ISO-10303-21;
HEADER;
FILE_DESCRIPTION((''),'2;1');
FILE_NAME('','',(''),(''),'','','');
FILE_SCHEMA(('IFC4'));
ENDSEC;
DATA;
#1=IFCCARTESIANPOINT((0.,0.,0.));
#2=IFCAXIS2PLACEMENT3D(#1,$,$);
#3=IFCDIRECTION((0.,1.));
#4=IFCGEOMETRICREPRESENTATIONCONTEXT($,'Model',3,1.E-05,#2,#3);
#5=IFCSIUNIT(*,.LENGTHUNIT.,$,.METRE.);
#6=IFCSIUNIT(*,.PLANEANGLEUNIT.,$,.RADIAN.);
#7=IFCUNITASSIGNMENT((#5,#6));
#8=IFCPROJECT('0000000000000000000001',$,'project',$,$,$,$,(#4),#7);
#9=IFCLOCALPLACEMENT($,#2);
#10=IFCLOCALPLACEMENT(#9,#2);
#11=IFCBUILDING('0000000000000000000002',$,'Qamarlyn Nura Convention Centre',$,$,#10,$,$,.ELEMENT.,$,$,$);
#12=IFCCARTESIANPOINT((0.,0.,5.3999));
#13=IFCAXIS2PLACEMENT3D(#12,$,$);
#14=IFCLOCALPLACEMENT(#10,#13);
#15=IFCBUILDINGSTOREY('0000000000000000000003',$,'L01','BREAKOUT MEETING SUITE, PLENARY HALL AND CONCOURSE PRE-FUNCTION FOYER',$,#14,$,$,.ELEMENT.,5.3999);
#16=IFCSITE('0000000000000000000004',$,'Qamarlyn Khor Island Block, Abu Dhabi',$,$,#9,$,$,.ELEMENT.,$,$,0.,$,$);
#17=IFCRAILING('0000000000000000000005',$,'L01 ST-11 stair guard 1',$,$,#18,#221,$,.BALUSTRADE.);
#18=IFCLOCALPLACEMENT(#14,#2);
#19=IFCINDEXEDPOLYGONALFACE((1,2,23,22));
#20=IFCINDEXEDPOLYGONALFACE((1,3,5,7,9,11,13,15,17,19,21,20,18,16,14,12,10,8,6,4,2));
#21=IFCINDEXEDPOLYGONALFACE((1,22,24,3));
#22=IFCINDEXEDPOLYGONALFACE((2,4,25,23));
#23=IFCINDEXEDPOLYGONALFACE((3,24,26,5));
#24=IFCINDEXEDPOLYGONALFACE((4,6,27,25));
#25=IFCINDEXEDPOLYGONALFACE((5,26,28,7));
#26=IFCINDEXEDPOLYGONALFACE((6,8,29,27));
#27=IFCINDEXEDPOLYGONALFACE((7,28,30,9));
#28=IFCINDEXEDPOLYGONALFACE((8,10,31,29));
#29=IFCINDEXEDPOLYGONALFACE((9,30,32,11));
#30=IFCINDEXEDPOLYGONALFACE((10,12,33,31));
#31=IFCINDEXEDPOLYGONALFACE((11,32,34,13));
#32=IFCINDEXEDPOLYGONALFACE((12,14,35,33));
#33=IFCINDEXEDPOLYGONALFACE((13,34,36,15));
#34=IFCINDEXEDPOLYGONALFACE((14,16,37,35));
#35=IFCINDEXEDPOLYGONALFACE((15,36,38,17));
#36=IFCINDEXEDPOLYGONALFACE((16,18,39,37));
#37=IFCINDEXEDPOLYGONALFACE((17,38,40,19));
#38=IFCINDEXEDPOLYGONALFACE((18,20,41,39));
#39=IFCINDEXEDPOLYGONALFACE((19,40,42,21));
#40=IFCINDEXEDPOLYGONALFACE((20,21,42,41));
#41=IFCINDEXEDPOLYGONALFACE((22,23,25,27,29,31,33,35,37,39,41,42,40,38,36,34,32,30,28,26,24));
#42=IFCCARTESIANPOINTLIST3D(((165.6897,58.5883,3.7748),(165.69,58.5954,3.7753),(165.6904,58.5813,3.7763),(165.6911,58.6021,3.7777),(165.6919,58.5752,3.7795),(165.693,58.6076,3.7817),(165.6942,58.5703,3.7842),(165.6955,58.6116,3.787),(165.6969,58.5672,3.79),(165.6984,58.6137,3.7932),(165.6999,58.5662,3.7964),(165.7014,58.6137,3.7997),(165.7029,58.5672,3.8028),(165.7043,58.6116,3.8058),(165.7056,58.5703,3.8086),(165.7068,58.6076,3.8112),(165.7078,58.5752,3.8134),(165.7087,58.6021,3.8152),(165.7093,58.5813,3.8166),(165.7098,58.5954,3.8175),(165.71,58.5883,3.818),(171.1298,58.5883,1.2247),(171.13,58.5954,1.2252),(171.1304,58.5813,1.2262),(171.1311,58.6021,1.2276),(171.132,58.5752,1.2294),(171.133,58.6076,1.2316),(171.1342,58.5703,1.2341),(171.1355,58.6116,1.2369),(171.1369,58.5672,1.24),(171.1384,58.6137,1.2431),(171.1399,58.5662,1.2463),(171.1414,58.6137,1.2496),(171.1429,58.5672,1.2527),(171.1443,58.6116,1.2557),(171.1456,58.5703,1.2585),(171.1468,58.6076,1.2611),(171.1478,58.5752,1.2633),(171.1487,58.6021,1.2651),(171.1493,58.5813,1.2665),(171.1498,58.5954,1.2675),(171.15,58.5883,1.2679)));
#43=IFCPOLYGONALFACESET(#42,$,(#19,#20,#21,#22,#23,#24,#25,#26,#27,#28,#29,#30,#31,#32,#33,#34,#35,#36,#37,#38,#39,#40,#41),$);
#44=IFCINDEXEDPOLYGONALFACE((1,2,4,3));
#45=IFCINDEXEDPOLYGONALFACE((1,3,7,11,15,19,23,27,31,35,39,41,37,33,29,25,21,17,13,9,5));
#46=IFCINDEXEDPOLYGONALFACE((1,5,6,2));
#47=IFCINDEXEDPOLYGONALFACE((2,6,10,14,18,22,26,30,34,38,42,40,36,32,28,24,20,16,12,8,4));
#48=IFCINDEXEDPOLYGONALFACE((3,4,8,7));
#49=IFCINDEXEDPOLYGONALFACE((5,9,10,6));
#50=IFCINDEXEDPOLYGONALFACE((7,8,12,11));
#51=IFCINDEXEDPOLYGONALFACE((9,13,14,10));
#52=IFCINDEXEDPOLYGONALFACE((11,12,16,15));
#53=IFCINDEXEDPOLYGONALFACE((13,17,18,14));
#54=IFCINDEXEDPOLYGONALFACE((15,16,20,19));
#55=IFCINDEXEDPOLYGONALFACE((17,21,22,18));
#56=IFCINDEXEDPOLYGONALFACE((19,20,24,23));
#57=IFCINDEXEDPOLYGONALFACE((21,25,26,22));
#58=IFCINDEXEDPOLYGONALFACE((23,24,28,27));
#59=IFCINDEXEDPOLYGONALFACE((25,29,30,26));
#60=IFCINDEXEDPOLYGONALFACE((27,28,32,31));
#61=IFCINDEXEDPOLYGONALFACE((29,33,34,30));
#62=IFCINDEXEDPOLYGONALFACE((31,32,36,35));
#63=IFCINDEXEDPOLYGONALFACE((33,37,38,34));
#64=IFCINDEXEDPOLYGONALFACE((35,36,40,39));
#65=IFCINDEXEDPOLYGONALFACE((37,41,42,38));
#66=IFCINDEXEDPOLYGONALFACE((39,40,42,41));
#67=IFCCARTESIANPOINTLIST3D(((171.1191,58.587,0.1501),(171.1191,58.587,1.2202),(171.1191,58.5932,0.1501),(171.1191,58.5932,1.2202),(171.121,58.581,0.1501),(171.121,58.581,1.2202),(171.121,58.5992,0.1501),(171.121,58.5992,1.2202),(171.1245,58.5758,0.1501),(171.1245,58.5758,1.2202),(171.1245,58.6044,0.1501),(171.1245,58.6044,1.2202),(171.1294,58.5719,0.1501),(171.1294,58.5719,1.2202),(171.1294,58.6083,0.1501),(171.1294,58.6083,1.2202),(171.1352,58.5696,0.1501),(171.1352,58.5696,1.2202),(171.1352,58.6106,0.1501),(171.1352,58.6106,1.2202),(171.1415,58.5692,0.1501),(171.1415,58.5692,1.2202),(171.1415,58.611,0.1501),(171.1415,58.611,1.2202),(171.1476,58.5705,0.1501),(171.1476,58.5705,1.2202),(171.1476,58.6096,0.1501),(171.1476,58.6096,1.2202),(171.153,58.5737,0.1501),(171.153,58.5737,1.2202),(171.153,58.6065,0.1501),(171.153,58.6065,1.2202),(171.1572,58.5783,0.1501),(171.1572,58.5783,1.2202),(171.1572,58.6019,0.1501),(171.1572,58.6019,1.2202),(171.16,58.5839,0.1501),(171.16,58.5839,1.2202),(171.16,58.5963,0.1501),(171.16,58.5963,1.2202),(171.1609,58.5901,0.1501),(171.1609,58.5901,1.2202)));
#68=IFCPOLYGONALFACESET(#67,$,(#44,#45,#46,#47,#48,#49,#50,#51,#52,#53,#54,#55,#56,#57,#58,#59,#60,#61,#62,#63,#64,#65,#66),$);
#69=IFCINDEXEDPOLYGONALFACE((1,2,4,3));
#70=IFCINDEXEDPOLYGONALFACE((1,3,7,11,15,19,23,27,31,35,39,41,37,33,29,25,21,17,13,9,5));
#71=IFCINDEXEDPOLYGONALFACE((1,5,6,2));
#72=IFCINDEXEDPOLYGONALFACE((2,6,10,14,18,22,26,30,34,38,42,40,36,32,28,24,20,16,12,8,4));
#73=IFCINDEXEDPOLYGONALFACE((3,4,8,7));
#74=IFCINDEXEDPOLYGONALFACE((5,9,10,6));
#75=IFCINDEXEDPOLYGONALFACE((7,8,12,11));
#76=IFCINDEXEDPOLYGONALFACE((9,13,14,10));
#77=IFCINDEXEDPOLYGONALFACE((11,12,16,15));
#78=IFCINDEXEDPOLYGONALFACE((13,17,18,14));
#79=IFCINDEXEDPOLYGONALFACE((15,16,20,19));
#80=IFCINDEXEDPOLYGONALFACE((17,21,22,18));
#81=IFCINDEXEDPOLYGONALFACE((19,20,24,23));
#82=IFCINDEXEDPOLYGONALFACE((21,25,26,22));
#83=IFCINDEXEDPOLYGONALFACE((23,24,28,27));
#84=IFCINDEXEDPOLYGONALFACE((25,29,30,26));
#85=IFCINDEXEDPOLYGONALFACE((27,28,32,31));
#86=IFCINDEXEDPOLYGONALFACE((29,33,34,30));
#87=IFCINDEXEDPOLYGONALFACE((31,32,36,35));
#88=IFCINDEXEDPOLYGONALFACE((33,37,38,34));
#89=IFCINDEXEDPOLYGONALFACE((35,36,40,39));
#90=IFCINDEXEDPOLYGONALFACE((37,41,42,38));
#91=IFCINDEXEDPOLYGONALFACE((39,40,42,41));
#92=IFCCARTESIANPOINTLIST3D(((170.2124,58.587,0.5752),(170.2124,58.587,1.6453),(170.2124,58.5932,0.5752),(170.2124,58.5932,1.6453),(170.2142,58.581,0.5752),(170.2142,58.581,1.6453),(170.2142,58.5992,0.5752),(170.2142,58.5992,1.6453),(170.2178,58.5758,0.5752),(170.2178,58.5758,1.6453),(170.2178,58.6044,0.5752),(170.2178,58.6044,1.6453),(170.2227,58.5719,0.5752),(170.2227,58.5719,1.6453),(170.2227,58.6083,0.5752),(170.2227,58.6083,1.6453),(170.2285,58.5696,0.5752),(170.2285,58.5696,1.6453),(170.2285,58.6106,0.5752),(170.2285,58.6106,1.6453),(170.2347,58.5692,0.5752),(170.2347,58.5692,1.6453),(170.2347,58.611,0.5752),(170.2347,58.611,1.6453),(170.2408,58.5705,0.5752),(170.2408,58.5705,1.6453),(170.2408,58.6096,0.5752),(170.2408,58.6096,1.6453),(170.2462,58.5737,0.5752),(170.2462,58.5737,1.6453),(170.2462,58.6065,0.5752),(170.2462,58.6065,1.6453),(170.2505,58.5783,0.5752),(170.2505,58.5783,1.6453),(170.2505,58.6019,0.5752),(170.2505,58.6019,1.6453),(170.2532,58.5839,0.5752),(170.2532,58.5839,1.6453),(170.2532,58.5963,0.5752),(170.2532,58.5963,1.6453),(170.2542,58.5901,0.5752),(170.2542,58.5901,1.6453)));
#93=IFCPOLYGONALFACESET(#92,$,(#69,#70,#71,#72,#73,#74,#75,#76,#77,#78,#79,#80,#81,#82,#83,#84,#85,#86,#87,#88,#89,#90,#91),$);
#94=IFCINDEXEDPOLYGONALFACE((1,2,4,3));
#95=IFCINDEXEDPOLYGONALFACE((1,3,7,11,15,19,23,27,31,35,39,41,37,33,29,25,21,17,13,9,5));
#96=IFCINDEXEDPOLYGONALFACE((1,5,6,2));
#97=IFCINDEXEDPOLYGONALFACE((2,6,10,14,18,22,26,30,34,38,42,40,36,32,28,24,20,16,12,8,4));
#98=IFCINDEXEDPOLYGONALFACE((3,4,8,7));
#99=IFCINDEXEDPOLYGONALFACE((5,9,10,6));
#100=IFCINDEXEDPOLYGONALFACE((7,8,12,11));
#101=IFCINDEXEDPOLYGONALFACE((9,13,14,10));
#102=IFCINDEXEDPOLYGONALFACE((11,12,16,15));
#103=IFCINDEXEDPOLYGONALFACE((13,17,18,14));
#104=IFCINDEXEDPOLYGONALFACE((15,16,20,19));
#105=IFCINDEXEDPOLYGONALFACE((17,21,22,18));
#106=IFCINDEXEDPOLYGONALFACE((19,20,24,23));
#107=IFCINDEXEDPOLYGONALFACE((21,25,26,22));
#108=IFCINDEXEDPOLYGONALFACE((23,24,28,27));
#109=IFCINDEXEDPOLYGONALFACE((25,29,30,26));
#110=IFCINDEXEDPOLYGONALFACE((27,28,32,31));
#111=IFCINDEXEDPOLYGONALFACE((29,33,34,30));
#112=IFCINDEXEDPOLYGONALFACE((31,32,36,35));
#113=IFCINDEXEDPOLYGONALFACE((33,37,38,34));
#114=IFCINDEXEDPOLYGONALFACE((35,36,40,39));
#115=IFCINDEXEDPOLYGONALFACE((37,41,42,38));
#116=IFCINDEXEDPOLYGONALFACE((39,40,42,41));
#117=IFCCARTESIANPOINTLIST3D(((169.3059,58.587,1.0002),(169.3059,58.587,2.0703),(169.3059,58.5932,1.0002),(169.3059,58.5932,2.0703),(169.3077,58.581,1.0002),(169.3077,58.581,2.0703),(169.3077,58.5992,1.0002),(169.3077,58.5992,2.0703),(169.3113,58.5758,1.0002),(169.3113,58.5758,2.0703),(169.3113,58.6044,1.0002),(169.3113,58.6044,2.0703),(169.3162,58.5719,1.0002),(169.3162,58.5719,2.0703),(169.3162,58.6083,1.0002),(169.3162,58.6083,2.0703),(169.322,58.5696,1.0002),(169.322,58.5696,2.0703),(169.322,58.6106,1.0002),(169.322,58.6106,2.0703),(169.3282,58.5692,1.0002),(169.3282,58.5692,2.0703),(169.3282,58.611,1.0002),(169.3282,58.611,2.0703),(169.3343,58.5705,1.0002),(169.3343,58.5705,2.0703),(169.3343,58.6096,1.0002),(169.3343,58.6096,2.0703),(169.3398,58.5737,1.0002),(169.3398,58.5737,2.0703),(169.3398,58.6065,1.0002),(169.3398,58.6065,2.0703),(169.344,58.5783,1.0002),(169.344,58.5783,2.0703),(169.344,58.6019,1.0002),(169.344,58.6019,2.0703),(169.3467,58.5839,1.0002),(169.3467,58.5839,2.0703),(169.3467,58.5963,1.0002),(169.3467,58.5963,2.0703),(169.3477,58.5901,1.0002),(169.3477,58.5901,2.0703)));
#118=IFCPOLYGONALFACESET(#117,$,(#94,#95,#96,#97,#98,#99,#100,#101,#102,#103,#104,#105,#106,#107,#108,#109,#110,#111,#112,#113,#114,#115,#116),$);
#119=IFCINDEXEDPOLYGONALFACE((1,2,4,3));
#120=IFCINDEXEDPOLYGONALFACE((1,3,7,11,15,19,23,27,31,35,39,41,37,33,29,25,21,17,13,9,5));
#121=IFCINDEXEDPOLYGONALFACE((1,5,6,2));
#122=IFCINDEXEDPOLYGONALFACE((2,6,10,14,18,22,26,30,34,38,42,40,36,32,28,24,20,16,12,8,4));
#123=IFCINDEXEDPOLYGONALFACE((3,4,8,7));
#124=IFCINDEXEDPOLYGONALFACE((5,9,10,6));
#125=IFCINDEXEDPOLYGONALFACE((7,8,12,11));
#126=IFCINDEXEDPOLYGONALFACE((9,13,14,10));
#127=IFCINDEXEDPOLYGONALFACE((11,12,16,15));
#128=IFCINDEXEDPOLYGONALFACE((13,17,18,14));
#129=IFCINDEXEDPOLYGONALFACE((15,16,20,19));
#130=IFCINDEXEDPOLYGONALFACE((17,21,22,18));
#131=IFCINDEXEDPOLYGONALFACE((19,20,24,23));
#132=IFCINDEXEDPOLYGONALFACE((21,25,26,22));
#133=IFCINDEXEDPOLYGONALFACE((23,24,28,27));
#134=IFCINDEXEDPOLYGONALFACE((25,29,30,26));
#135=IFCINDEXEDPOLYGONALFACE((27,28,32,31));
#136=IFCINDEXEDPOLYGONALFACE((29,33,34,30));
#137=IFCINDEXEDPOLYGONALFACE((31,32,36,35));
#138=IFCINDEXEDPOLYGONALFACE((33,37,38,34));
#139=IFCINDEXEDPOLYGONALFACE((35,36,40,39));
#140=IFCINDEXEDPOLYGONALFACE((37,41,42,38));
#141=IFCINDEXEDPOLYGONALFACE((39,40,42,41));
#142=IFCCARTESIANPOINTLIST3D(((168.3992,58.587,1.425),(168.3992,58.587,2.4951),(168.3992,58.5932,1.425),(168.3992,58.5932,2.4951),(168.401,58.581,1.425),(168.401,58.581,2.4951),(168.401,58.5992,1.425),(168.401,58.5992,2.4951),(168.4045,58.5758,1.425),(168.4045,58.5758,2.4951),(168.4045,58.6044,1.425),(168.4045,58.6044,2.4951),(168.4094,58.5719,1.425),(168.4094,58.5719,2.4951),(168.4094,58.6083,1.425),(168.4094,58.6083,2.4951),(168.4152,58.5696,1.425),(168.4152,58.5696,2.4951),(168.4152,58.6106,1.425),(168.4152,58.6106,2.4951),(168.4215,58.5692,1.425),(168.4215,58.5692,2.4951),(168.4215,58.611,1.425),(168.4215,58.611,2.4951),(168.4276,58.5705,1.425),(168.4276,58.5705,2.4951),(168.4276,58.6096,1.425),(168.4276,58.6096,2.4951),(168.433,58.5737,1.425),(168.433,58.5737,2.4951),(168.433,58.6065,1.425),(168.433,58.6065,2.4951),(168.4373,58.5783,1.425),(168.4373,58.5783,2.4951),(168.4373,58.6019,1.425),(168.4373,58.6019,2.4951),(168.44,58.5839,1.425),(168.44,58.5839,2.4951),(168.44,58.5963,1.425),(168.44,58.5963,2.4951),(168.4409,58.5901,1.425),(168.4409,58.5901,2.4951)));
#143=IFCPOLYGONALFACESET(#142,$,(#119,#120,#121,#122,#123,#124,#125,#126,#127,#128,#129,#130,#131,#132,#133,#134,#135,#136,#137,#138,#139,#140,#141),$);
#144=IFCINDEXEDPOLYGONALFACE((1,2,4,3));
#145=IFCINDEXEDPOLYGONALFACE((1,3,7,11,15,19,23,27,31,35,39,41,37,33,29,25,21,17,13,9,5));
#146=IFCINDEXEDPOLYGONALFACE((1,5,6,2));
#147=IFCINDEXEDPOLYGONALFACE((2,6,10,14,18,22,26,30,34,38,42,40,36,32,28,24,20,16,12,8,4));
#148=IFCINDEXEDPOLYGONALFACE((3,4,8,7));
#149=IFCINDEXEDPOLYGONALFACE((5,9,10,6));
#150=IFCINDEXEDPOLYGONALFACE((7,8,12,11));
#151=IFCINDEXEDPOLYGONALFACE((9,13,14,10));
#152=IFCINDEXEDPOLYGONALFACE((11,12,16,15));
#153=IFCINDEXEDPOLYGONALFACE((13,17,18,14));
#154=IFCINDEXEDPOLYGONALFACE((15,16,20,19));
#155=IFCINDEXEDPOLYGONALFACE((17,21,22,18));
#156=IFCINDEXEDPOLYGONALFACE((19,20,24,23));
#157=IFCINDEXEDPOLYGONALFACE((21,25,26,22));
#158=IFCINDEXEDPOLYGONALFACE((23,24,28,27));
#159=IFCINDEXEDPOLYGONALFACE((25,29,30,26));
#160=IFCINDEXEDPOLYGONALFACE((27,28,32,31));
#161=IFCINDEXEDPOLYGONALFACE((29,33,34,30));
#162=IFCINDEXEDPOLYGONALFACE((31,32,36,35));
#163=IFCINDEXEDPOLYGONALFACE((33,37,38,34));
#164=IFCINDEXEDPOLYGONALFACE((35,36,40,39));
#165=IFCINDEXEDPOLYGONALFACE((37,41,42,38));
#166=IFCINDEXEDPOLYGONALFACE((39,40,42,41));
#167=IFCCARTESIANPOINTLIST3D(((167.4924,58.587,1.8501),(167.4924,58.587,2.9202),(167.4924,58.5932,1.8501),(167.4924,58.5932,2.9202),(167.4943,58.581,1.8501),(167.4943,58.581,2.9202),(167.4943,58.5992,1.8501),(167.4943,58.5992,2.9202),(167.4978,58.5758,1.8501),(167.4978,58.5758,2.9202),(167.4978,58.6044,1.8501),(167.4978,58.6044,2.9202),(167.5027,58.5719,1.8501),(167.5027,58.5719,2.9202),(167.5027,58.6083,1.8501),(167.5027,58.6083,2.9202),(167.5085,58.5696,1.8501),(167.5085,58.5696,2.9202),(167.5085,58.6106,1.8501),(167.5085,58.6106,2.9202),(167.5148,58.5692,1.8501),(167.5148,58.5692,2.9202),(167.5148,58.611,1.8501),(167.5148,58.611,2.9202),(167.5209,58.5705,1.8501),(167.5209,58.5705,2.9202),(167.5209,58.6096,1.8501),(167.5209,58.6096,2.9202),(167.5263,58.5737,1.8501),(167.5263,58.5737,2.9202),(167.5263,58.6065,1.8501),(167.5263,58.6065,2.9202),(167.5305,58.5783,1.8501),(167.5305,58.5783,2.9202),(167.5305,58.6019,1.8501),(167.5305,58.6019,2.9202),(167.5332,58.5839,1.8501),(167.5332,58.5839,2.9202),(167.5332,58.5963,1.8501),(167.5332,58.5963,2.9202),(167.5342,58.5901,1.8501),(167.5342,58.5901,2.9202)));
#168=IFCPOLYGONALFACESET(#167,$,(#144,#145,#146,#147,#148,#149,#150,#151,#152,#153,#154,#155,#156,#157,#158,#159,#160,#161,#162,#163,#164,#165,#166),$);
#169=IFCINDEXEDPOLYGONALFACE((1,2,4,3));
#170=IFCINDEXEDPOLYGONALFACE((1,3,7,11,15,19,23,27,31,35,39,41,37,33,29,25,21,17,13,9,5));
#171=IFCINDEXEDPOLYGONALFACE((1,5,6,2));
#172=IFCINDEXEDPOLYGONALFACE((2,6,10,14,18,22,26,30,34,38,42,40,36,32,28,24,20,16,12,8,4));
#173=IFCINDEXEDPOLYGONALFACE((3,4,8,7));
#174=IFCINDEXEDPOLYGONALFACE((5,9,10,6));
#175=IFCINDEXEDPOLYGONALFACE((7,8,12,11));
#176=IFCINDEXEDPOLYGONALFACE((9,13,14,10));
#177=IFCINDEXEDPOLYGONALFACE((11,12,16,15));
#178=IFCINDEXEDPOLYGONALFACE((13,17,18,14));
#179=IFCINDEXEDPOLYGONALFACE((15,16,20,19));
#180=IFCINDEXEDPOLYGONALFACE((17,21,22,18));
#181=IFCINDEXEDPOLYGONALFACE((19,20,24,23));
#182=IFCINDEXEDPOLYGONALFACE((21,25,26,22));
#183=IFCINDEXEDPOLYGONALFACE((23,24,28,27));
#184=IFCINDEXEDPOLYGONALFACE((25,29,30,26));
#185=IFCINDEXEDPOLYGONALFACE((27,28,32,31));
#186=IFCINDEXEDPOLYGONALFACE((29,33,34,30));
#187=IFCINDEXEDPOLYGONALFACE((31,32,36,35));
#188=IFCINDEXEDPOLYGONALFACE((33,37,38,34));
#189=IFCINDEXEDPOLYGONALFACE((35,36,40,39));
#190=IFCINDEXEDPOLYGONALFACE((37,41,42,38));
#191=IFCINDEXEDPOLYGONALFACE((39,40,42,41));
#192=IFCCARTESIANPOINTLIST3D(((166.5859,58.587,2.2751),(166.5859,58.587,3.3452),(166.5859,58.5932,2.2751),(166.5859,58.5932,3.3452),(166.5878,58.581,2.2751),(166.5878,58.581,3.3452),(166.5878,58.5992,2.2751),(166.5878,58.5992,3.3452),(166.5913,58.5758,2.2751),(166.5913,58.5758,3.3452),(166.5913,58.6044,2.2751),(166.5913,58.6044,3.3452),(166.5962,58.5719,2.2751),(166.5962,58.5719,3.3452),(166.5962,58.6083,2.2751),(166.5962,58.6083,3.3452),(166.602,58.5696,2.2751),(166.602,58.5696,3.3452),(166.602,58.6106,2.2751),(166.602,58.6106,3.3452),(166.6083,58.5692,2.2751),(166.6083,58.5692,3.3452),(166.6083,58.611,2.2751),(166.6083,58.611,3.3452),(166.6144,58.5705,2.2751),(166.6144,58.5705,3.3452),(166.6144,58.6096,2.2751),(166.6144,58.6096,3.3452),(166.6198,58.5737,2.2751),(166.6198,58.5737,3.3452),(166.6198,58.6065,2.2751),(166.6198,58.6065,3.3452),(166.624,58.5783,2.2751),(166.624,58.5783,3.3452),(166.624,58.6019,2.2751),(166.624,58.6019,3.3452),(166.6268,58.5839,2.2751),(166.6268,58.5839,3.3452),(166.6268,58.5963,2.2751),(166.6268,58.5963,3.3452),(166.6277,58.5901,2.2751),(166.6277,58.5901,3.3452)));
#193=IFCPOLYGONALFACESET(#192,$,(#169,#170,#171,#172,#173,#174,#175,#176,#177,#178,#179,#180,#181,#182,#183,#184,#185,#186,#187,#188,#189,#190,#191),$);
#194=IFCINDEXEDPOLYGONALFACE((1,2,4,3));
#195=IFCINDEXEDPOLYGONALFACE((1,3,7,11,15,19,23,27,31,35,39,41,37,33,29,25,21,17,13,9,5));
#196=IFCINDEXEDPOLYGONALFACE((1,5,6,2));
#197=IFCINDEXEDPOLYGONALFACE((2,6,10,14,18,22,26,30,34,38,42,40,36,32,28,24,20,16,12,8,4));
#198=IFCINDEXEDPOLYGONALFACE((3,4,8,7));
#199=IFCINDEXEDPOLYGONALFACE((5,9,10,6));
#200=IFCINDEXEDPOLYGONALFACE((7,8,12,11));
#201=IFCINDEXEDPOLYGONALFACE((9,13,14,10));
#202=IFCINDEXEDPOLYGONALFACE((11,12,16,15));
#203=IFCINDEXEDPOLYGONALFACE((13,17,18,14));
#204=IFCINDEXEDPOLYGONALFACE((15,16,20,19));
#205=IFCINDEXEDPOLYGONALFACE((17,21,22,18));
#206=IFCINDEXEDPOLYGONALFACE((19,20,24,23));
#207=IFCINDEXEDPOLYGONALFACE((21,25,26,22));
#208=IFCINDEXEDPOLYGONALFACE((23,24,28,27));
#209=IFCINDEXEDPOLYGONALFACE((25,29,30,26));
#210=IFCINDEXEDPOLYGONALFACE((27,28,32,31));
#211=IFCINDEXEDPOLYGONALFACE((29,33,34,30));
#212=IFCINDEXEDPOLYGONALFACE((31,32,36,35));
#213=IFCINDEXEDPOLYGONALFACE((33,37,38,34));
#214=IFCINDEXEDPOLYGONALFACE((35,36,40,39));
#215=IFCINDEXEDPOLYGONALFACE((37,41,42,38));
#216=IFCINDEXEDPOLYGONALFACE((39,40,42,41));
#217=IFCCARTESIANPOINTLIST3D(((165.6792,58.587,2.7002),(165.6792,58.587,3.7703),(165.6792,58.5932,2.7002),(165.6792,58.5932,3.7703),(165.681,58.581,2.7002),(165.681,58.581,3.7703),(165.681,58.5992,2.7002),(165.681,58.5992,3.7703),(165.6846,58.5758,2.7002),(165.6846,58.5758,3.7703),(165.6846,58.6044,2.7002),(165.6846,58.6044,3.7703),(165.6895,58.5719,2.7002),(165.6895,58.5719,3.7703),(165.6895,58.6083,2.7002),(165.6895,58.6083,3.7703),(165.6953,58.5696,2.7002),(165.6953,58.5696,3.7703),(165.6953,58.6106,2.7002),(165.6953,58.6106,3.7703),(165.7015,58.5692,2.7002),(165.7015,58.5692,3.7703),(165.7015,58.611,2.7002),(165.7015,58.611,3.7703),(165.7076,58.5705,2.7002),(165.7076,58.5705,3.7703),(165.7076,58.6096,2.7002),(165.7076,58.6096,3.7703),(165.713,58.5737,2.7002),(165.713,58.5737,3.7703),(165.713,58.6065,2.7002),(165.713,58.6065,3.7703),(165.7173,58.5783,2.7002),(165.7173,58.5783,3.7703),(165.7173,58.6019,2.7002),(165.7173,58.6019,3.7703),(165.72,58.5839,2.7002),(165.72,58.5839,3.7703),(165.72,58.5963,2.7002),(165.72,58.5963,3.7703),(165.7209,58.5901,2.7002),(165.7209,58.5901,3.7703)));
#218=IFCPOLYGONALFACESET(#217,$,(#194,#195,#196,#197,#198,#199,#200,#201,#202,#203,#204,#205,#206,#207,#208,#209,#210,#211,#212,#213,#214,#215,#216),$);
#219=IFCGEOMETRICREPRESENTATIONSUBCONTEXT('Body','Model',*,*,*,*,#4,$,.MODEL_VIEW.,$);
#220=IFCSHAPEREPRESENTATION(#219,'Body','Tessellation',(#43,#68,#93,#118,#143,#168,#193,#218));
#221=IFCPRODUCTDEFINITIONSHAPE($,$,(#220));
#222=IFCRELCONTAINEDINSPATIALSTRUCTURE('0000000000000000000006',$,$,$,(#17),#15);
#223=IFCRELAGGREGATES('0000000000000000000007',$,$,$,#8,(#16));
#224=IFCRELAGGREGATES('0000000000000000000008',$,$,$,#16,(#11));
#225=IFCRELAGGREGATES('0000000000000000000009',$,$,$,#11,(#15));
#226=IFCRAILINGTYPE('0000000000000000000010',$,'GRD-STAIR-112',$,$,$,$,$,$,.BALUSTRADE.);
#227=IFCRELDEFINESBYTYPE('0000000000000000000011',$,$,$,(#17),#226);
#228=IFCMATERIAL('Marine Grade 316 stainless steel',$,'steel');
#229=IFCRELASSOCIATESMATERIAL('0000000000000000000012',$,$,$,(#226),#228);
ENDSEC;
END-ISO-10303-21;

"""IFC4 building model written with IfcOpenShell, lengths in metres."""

from ifc_helpers import new_model, si_unit, direction, frame, origin, origin_2d, place, context, subcontext, project, spatial, circle, extrude, material, type_object, element, save


model = new_model("IFC4")

# Units and contexts
model_context = context("Model", 3, precision=1e-05, world=origin(), true_north=direction((0.0, 1.0)))
body_context = subcontext(model_context, "Body", "Model", "MODEL_VIEW")
ifc_project = project(units=[si_unit("LENGTHUNIT", "METRE"), si_unit("PLANEANGLEUNIT", "RADIAN")], contexts=[model_context])

# Site, building, storey
site_placement = place(None, origin())
site = spatial("IfcSite", under=ifc_project, at=site_placement, Name="Qamarlyn Khor Island Block, Abu Dhabi", CompositionType="ELEMENT", RefElevation=0.0)
building_placement = place(site_placement, origin())
building = spatial("IfcBuilding", under=site, at=building_placement, Name="Qamarlyn Nura Convention Centre", CompositionType="ELEMENT")
storey_placement = place(building_placement, frame((0.0, 0.0, 5.3999)))
storey = spatial("IfcBuildingStorey", under=building, at=storey_placement, Name="L01", Description="BREAKOUT MEETING SUITE, PLENARY HALL AND CONCOURSE PRE-FUNCTION FOYER", CompositionType="ELEMENT", Elevation=5.3999)

# Railing
ifc_material_1 = material(Name="Marine Grade 316 stainless steel", Category="steel")
railing_type_1 = type_object("IfcRailingType", Name="GRD-STAIR-112", PredefinedType="BALUSTRADE", material=ifc_material_1)
railing_1_placement = place(storey_placement, frame((171.1399, 58.5901, 0.1501)))
element("IfcRailing", 1, at=railing_1_placement, inside=storey, type_object=railing_type_1, Name="L01 ST-11 stair guard 1", PredefinedType="BALUSTRADE", context=body_context, shape_type="SweptSolid", body=[
    extrude(circle(Radius=0.0239, at=origin_2d()), frame((0.0, 0.0, 1.0962), z_axis=(-0.905454, 0.0, 0.424444), x_axis=(0.0, -1.0, 0.0)), (0.0, 0.0, 1.0), 6.0081),
    extrude(circle(Radius=0.021, at=origin_2d()), origin(), (0.0, 0.0, 1.0), 1.0701),
    extrude(circle(Radius=0.021, at=origin_2d()), frame((-0.9067, 0.0, 0.425)), (0.0, 0.0, 1.0), 1.0701),
    extrude(circle(Radius=0.021, at=origin_2d()), frame((-1.8132, 0.0, 0.8501)), (0.0, 0.0, 1.0), 1.0701),
    extrude(circle(Radius=0.021, at=origin_2d()), frame((-2.72, 0.0, 1.2749)), (0.0, 0.0, 1.0), 1.0701),
    extrude(circle(Radius=0.021, at=origin_2d()), frame((-3.6267, 0.0, 1.7)), (0.0, 0.0, 1.0), 1.0701),
    extrude(circle(Radius=0.021, at=origin_2d()), frame((-4.5332, 0.0, 2.125)), (0.0, 0.0, 1.0), 1.0701),
    extrude(circle(Radius=0.021, at=origin_2d()), frame((-5.4399, 0.0, 2.55)), (0.0, 0.0, 1.0), 1.0701),
])

save(model, "model.ifc")
